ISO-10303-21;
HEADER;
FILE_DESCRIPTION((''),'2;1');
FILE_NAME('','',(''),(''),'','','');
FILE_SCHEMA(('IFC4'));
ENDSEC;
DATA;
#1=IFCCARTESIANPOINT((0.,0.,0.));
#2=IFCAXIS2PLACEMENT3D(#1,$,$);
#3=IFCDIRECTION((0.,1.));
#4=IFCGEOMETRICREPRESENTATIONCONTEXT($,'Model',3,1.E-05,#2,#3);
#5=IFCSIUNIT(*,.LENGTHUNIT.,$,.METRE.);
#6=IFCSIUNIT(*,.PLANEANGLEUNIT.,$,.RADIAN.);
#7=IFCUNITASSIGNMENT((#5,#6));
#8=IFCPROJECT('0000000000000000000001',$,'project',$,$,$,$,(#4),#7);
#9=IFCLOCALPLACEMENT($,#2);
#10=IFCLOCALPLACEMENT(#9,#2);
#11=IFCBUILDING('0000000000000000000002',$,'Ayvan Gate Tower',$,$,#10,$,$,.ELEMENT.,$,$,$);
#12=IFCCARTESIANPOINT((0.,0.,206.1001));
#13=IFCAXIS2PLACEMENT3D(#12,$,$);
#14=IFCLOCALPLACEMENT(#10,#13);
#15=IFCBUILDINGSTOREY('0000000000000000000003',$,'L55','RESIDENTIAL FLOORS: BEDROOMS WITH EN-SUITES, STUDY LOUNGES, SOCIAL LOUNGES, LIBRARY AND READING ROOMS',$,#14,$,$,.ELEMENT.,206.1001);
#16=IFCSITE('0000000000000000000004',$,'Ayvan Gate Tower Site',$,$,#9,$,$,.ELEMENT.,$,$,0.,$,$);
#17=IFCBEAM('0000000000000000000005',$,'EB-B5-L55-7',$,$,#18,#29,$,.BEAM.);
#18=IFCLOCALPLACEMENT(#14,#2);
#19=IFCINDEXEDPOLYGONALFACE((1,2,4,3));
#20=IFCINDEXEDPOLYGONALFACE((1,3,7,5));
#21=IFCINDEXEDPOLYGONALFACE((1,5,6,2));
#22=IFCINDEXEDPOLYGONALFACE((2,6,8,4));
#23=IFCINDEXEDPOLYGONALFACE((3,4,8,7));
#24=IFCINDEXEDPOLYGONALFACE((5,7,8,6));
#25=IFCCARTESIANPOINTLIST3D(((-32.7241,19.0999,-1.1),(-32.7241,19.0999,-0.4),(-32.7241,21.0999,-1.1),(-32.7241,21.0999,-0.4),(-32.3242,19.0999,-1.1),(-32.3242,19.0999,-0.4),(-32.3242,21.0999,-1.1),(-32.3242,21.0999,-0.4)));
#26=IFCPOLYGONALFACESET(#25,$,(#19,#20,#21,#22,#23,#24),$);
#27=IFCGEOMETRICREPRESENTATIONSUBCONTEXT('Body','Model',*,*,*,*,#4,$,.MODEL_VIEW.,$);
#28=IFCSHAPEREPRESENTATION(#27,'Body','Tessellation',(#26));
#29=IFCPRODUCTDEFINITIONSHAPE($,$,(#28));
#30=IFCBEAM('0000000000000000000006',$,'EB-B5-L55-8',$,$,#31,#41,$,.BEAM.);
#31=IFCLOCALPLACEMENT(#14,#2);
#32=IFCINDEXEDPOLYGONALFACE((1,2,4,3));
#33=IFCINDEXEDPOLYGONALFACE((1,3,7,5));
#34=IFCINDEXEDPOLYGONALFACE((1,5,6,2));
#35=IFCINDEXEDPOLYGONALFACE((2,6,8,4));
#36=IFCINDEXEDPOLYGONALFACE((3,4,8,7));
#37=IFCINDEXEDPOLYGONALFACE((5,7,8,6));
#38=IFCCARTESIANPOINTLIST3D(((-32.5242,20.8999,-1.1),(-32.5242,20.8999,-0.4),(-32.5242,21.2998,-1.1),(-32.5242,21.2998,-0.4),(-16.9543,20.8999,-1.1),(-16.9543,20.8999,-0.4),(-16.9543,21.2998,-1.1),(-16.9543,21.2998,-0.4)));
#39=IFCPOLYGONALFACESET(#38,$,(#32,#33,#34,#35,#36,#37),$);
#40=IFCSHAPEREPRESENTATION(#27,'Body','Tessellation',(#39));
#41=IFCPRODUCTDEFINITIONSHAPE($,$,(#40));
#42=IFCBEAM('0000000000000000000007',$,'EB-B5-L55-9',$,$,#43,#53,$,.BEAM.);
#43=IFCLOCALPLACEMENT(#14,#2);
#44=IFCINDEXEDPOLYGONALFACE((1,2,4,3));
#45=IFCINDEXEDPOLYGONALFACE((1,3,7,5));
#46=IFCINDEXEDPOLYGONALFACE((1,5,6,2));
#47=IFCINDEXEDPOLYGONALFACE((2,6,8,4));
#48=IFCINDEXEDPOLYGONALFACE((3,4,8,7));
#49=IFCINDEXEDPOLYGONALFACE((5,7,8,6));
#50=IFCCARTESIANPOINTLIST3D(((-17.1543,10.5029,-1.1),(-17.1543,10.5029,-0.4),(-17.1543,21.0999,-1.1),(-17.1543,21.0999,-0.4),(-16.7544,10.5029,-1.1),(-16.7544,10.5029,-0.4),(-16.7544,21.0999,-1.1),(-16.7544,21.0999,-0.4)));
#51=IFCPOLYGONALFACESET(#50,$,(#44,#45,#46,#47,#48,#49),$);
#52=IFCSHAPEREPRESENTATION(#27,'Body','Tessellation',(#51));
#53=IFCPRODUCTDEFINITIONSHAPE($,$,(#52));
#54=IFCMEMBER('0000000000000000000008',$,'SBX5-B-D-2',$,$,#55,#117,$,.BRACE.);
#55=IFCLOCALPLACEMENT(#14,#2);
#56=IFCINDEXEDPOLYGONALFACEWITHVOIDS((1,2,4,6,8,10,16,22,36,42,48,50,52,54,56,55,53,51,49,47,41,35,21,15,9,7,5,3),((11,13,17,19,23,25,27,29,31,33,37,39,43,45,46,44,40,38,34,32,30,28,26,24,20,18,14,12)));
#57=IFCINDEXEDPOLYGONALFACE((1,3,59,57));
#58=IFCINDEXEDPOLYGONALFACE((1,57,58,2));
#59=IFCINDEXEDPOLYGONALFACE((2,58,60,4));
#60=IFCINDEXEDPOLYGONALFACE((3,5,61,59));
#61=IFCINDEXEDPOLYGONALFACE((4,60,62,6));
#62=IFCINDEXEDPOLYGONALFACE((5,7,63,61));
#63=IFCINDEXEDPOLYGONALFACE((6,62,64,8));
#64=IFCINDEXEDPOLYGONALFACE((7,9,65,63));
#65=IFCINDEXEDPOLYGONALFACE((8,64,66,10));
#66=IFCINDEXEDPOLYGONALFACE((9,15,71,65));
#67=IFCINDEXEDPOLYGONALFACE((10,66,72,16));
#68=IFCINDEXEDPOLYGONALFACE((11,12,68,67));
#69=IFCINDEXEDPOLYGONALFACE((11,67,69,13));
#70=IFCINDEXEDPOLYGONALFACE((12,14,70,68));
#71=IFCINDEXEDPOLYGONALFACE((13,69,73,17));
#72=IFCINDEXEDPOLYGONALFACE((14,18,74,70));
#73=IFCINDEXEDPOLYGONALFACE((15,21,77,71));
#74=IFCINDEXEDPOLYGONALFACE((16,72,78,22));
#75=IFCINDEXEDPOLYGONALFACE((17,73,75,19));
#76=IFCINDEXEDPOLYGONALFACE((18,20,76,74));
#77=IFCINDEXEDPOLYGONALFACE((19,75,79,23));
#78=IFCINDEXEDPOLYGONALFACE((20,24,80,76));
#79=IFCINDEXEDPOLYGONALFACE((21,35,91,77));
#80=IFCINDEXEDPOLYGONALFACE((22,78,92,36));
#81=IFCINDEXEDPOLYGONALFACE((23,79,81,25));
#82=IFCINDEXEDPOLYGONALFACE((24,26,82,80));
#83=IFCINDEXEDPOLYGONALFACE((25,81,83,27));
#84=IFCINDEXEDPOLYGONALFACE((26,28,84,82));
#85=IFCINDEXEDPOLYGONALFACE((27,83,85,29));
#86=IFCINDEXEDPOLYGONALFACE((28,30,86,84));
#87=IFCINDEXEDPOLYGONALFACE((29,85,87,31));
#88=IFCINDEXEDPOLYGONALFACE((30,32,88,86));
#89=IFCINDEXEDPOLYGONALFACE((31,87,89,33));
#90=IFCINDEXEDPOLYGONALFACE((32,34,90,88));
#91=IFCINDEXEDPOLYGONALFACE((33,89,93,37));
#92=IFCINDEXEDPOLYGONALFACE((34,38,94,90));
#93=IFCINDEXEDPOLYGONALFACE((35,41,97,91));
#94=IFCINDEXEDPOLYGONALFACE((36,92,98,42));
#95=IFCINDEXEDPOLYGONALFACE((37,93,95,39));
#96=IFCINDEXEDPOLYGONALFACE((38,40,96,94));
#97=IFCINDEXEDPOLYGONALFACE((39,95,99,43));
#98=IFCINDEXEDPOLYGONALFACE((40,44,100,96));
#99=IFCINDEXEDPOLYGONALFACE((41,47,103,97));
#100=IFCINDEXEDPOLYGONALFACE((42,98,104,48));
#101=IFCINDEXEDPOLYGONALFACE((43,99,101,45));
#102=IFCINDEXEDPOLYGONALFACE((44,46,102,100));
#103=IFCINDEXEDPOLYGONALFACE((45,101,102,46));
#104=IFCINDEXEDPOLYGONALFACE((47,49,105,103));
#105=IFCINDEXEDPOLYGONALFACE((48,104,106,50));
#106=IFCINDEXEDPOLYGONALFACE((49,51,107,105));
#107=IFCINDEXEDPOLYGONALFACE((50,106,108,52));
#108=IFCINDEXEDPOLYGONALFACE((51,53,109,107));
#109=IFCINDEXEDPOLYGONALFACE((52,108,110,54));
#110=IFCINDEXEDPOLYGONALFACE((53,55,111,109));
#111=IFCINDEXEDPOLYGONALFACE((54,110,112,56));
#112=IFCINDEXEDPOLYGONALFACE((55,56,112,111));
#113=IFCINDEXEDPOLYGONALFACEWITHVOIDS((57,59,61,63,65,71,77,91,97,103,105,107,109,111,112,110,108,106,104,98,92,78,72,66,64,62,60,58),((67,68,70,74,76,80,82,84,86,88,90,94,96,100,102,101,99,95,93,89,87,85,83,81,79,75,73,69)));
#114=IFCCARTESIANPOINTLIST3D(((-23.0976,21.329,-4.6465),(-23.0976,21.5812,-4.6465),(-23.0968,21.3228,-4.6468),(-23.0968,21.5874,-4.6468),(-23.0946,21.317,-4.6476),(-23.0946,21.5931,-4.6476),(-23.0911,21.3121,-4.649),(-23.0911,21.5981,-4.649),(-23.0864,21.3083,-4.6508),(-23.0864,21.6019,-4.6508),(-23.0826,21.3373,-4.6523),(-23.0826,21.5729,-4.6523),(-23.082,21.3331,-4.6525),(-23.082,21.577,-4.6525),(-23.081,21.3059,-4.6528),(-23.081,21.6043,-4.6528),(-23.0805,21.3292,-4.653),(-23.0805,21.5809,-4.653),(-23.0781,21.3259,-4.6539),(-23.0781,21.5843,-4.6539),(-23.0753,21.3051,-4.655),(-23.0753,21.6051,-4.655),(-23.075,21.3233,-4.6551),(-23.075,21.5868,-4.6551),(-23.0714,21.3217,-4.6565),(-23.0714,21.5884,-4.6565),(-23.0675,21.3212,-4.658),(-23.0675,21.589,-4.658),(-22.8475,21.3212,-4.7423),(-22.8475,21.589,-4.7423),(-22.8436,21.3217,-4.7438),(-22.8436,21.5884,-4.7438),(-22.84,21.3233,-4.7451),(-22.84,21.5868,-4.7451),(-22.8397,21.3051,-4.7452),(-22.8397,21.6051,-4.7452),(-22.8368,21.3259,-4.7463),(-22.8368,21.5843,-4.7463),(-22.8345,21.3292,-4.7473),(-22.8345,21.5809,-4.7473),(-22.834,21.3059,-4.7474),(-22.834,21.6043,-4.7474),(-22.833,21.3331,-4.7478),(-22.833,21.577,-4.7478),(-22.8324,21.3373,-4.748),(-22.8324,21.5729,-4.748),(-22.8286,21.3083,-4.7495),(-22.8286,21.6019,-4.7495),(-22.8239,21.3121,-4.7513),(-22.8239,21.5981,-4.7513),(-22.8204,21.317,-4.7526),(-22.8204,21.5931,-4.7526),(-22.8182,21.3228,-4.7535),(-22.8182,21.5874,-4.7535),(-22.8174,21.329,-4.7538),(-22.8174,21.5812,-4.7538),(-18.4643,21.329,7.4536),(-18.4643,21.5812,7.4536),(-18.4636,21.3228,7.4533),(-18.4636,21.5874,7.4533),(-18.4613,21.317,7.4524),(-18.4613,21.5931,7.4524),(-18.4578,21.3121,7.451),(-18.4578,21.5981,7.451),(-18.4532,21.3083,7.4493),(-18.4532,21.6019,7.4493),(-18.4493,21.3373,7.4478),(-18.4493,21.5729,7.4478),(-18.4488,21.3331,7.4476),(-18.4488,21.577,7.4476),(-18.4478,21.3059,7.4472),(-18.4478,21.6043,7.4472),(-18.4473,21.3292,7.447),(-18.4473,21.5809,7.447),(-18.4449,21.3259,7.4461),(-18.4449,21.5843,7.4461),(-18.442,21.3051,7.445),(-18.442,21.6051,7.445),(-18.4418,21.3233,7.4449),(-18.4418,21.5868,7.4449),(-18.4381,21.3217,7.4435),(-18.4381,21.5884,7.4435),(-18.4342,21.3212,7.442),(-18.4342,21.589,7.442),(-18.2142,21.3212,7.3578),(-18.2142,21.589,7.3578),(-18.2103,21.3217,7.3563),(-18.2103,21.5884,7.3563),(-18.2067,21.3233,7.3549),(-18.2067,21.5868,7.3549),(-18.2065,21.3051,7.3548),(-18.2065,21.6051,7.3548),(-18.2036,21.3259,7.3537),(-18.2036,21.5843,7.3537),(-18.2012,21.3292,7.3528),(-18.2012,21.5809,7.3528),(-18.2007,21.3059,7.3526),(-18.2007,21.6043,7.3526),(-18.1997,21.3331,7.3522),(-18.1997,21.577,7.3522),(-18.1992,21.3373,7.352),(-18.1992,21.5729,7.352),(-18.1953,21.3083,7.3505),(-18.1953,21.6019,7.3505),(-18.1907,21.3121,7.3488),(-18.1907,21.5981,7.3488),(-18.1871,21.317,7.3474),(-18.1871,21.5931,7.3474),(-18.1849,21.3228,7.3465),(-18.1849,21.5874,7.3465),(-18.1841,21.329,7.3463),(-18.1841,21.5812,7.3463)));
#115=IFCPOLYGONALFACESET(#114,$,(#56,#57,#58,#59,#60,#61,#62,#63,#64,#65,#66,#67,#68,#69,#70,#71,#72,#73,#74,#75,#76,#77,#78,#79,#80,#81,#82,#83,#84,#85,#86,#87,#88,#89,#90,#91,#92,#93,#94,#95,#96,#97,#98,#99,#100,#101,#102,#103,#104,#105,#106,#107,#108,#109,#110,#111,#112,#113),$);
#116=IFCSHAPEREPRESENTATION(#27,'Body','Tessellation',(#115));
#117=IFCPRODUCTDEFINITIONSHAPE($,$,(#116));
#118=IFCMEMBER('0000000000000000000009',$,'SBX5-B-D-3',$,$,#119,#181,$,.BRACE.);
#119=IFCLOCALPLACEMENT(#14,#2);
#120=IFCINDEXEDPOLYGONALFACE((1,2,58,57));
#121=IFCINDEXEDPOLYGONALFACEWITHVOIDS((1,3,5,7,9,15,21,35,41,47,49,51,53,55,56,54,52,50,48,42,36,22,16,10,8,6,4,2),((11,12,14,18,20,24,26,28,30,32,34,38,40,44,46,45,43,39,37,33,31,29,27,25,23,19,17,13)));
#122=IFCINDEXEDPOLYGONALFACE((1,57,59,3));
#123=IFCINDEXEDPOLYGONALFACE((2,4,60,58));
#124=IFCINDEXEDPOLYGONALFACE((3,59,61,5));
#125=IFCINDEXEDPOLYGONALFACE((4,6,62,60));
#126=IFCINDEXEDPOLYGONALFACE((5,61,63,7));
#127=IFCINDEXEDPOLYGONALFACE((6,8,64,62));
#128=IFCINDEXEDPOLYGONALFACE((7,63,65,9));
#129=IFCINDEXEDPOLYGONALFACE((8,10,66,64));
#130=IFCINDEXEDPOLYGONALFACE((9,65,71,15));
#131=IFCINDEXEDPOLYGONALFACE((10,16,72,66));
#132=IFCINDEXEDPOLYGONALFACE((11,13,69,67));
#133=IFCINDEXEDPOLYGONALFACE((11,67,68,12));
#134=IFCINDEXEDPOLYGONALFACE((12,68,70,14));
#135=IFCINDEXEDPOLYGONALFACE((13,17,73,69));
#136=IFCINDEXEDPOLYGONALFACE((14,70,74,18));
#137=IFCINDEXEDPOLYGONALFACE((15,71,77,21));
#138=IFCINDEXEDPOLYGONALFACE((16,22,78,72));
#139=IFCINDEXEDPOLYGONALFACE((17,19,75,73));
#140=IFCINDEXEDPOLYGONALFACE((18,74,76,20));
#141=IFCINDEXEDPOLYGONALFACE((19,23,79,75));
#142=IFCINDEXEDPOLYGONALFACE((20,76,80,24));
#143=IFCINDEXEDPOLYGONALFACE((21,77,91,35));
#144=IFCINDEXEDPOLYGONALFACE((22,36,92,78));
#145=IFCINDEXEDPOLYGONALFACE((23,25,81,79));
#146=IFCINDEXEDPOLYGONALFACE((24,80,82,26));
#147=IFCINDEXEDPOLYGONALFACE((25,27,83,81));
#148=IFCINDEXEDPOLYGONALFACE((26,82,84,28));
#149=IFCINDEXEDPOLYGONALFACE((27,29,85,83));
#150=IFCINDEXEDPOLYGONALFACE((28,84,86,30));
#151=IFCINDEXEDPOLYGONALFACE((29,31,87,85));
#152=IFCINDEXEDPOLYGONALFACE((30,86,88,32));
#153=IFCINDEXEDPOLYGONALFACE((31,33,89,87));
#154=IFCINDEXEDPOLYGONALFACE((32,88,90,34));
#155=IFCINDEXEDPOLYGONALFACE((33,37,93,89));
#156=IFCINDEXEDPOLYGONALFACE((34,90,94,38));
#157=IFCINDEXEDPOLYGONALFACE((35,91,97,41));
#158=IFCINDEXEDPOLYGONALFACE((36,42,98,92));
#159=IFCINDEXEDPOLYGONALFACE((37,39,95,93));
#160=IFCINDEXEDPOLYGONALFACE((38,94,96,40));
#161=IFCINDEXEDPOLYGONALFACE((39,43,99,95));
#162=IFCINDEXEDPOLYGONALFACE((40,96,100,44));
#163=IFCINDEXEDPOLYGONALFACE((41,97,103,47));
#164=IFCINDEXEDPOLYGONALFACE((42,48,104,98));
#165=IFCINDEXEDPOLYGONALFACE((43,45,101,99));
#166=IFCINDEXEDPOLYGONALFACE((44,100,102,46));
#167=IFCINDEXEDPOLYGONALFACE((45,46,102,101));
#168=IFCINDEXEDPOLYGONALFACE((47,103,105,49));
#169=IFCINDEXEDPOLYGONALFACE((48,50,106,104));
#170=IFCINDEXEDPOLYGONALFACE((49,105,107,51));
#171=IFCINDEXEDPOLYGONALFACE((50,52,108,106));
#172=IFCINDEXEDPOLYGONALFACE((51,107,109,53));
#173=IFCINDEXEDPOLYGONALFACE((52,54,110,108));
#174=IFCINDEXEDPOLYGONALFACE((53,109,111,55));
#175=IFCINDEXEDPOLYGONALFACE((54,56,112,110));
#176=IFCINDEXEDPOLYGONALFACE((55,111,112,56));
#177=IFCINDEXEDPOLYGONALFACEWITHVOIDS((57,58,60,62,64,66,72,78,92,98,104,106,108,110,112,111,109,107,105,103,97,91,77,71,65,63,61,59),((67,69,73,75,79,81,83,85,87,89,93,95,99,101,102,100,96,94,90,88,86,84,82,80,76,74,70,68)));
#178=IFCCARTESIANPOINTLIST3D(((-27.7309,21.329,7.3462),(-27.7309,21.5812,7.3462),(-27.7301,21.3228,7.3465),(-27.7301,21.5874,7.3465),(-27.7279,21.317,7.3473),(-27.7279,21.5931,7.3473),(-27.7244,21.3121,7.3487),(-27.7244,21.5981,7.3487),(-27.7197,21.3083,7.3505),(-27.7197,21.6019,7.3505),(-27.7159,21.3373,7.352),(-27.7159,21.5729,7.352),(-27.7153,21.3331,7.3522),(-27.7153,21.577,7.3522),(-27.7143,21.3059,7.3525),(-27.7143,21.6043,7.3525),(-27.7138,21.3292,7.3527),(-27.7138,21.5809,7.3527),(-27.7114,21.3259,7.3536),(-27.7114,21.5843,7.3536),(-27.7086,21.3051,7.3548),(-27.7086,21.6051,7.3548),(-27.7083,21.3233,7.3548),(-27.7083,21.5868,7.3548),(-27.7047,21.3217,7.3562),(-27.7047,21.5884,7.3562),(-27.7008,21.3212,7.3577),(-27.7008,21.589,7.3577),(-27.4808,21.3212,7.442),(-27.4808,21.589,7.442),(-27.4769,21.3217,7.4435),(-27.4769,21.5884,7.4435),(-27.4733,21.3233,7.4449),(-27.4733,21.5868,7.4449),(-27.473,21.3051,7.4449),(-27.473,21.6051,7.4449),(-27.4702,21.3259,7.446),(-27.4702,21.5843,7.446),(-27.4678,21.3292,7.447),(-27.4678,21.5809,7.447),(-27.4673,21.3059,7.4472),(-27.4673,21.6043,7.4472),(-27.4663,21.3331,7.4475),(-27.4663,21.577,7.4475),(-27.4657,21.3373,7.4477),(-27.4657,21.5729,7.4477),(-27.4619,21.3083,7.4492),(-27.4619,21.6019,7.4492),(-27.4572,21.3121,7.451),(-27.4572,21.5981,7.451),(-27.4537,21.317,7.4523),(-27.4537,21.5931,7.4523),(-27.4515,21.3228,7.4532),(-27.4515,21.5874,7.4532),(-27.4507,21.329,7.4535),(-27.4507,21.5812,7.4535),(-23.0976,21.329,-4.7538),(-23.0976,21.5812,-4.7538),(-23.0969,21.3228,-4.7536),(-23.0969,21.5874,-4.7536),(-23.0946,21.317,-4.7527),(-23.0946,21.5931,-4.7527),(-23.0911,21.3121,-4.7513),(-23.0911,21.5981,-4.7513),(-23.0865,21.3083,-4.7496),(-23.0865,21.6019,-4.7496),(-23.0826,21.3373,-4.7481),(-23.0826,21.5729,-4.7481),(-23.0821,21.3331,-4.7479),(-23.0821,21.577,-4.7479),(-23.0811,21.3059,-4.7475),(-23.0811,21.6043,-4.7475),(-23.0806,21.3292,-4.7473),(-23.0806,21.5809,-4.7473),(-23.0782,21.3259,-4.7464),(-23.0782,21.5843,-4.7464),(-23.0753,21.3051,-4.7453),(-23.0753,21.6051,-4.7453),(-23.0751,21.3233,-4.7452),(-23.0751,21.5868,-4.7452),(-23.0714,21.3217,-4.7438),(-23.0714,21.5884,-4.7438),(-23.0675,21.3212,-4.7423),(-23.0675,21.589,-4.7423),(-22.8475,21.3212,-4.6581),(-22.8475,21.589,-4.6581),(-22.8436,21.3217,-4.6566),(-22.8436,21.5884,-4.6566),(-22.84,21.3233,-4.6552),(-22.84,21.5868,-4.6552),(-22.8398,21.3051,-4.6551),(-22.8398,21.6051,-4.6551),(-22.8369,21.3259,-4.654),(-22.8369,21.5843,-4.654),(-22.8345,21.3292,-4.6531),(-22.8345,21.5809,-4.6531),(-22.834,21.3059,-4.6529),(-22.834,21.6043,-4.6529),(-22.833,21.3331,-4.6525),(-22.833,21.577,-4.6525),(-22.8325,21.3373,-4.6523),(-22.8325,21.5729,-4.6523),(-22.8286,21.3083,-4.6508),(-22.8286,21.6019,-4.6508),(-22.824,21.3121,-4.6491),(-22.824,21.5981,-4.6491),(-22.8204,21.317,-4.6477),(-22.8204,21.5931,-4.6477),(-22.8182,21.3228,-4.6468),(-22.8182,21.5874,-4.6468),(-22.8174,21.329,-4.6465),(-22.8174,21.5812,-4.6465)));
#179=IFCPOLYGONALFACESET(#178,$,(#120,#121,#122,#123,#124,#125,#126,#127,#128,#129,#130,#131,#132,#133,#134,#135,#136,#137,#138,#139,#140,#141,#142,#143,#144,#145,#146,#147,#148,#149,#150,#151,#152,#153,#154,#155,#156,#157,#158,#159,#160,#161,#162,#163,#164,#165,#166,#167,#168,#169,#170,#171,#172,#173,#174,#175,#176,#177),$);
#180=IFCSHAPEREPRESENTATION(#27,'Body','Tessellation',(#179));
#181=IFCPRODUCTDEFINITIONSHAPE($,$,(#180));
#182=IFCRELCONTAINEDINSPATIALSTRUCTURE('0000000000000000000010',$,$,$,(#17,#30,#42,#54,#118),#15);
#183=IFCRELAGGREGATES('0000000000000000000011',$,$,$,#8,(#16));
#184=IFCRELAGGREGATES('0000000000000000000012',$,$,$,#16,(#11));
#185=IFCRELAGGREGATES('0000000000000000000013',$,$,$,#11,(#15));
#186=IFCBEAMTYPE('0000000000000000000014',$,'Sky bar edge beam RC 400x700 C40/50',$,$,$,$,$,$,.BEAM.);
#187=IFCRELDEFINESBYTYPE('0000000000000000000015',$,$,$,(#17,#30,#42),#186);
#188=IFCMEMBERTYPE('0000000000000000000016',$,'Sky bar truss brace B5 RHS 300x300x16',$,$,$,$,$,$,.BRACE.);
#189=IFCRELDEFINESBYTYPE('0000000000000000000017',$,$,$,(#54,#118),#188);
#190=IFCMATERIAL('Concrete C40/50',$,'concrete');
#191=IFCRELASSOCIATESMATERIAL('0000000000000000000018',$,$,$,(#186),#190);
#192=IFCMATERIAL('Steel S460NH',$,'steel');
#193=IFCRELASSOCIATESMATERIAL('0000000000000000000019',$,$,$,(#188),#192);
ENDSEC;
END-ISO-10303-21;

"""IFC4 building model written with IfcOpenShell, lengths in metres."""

from ifc_helpers import new_model, si_unit, direction, frame, origin, origin_2d, place, context, subcontext, project, spatial, rectangle, hollow_rectangle, extrude, material, material_profile, profile_set, type_object, element, save


model = new_model("IFC4")

# Units and contexts
model_context = context("Model", 3, precision=1e-05, world=origin(), true_north=direction((0.0, 1.0)))
body_context = subcontext(model_context, "Body", "Model", "MODEL_VIEW")
ifc_project = project(units=[si_unit("LENGTHUNIT", "METRE"), si_unit("PLANEANGLEUNIT", "RADIAN")], contexts=[model_context])

# Site, building, storey
site_placement = place(None, origin())
site = spatial("IfcSite", under=ifc_project, at=site_placement, Name="Ayvan Gate Tower Site", CompositionType="ELEMENT", RefElevation=0.0)
building_placement = place(site_placement, origin())
building = spatial("IfcBuilding", under=site, at=building_placement, Name="Ayvan Gate Tower", CompositionType="ELEMENT")
storey_placement = place(building_placement, frame((0.0, 0.0, 206.1001)))
storey = spatial("IfcBuildingStorey", under=building, at=storey_placement, Name="L55", Description="RESIDENTIAL FLOORS: BEDROOMS WITH EN-SUITES, STUDY LOUNGES, SOCIAL LOUNGES, LIBRARY AND READING ROOMS", CompositionType="ELEMENT", Elevation=206.1001)

# Beams
ifc_material_1 = material(Name="Concrete C40/50", Category="concrete")
ifc_material_profile_1 = material_profile(ifc_material_1, rectangle(XDim=0.3999, YDim=0.7, at=origin_2d()), Name="RC 400x700")
ifc_profile_set_1 = profile_set([ifc_material_profile_1], Name="Concrete C40/50")
beam_type = type_object("IfcBeamType", Name="Sky bar edge beam RC 400x700 C40/50", PredefinedType="BEAM", material=ifc_profile_set_1)
beam_1_placement = place(storey_placement, frame((-32.5242, 19.0999, -0.75), z_axis=(0.0, 1.0, 0.0), x_axis=(-1.0, 0.0, 0.0)))
element("IfcBeam", 1, at=beam_1_placement, inside=storey, type_object=beam_type, Name="EB-B5-L55-7", PredefinedType="BEAM", context=body_context, shape_type="SweptSolid", body=[
    extrude(rectangle(XDim=0.3999, YDim=0.7, at=origin_2d()), origin(), (0.0, 0.0, 1.0), 2.0),
])
beam_2_placement = place(storey_placement, frame((-32.5242, 21.0999, -0.75), z_axis=(1.0, 0.0, 0.0), x_axis=(0.0, 1.0, 0.0)))
element("IfcBeam", 2, at=beam_2_placement, inside=storey, type_object=beam_type, Name="EB-B5-L55-8", PredefinedType="BEAM", context=body_context, shape_type="SweptSolid", body=[
    extrude(rectangle(XDim=0.3999, YDim=0.7, at=origin_2d()), origin(), (0.0, 0.0, 1.0), 15.5698),
])
beam_3_placement = place(storey_placement, frame((-16.9543, 21.0999, -0.75), z_axis=(0.0, -1.0, 0.0), x_axis=(1.0, 0.0, 0.0)))
element("IfcBeam", 3, at=beam_3_placement, inside=storey, type_object=beam_type, Name="EB-B5-L55-9", PredefinedType="BEAM", context=body_context, shape_type="SweptSolid", body=[
    extrude(rectangle(XDim=0.3999, YDim=0.7, at=origin_2d()), origin(), (0.0, 0.0, 1.0), 10.5969),
])

# Members
ifc_material_2 = material(Name="Steel S460NH", Category="steel")
ifc_material_profile_2 = material_profile(ifc_material_2, hollow_rectangle(XDim=0.3, YDim=0.3, WallThickness=0.0161, InnerFilletRadius=0.0161, OuterFilletRadius=0.0239, at=origin_2d()), Name="RHS 300x300x16")
ifc_profile_set_2 = profile_set([ifc_material_profile_2], Name="Steel S460NH")
member_type_1 = type_object("IfcMemberType", Name="Sky bar truss brace B5 RHS 300x300x16", PredefinedType="BRACE", material=ifc_profile_set_2)
for number, where, z_axis, x_axis, name in (
    (4, (-18.3242, 21.4551, 7.3999), (-0.357595, 0.0, -0.933877), (0.0, -1.0, 0.0), "SBX5-B-D-2"),
    (5, (-22.9575, 21.4551, -4.7002), (-0.357595, 0.0, 0.933877), (0.0, -1.0, 0.0), "SBX5-B-D-3"),
):
    element("IfcMember", number, at=place(storey_placement, frame(where, z_axis=z_axis, x_axis=x_axis)), inside=storey, type_object=member_type_1, Name=name, PredefinedType="BRACE", context=body_context, shape_type="SweptSolid", body=[
        extrude(hollow_rectangle(XDim=0.3, YDim=0.3, WallThickness=0.0161, InnerFilletRadius=0.0161, OuterFilletRadius=0.0239, at=origin_2d()), origin(), (0.0, 0.0, 1.0), 12.9568),
    ])

save(model, "model.ifc")
